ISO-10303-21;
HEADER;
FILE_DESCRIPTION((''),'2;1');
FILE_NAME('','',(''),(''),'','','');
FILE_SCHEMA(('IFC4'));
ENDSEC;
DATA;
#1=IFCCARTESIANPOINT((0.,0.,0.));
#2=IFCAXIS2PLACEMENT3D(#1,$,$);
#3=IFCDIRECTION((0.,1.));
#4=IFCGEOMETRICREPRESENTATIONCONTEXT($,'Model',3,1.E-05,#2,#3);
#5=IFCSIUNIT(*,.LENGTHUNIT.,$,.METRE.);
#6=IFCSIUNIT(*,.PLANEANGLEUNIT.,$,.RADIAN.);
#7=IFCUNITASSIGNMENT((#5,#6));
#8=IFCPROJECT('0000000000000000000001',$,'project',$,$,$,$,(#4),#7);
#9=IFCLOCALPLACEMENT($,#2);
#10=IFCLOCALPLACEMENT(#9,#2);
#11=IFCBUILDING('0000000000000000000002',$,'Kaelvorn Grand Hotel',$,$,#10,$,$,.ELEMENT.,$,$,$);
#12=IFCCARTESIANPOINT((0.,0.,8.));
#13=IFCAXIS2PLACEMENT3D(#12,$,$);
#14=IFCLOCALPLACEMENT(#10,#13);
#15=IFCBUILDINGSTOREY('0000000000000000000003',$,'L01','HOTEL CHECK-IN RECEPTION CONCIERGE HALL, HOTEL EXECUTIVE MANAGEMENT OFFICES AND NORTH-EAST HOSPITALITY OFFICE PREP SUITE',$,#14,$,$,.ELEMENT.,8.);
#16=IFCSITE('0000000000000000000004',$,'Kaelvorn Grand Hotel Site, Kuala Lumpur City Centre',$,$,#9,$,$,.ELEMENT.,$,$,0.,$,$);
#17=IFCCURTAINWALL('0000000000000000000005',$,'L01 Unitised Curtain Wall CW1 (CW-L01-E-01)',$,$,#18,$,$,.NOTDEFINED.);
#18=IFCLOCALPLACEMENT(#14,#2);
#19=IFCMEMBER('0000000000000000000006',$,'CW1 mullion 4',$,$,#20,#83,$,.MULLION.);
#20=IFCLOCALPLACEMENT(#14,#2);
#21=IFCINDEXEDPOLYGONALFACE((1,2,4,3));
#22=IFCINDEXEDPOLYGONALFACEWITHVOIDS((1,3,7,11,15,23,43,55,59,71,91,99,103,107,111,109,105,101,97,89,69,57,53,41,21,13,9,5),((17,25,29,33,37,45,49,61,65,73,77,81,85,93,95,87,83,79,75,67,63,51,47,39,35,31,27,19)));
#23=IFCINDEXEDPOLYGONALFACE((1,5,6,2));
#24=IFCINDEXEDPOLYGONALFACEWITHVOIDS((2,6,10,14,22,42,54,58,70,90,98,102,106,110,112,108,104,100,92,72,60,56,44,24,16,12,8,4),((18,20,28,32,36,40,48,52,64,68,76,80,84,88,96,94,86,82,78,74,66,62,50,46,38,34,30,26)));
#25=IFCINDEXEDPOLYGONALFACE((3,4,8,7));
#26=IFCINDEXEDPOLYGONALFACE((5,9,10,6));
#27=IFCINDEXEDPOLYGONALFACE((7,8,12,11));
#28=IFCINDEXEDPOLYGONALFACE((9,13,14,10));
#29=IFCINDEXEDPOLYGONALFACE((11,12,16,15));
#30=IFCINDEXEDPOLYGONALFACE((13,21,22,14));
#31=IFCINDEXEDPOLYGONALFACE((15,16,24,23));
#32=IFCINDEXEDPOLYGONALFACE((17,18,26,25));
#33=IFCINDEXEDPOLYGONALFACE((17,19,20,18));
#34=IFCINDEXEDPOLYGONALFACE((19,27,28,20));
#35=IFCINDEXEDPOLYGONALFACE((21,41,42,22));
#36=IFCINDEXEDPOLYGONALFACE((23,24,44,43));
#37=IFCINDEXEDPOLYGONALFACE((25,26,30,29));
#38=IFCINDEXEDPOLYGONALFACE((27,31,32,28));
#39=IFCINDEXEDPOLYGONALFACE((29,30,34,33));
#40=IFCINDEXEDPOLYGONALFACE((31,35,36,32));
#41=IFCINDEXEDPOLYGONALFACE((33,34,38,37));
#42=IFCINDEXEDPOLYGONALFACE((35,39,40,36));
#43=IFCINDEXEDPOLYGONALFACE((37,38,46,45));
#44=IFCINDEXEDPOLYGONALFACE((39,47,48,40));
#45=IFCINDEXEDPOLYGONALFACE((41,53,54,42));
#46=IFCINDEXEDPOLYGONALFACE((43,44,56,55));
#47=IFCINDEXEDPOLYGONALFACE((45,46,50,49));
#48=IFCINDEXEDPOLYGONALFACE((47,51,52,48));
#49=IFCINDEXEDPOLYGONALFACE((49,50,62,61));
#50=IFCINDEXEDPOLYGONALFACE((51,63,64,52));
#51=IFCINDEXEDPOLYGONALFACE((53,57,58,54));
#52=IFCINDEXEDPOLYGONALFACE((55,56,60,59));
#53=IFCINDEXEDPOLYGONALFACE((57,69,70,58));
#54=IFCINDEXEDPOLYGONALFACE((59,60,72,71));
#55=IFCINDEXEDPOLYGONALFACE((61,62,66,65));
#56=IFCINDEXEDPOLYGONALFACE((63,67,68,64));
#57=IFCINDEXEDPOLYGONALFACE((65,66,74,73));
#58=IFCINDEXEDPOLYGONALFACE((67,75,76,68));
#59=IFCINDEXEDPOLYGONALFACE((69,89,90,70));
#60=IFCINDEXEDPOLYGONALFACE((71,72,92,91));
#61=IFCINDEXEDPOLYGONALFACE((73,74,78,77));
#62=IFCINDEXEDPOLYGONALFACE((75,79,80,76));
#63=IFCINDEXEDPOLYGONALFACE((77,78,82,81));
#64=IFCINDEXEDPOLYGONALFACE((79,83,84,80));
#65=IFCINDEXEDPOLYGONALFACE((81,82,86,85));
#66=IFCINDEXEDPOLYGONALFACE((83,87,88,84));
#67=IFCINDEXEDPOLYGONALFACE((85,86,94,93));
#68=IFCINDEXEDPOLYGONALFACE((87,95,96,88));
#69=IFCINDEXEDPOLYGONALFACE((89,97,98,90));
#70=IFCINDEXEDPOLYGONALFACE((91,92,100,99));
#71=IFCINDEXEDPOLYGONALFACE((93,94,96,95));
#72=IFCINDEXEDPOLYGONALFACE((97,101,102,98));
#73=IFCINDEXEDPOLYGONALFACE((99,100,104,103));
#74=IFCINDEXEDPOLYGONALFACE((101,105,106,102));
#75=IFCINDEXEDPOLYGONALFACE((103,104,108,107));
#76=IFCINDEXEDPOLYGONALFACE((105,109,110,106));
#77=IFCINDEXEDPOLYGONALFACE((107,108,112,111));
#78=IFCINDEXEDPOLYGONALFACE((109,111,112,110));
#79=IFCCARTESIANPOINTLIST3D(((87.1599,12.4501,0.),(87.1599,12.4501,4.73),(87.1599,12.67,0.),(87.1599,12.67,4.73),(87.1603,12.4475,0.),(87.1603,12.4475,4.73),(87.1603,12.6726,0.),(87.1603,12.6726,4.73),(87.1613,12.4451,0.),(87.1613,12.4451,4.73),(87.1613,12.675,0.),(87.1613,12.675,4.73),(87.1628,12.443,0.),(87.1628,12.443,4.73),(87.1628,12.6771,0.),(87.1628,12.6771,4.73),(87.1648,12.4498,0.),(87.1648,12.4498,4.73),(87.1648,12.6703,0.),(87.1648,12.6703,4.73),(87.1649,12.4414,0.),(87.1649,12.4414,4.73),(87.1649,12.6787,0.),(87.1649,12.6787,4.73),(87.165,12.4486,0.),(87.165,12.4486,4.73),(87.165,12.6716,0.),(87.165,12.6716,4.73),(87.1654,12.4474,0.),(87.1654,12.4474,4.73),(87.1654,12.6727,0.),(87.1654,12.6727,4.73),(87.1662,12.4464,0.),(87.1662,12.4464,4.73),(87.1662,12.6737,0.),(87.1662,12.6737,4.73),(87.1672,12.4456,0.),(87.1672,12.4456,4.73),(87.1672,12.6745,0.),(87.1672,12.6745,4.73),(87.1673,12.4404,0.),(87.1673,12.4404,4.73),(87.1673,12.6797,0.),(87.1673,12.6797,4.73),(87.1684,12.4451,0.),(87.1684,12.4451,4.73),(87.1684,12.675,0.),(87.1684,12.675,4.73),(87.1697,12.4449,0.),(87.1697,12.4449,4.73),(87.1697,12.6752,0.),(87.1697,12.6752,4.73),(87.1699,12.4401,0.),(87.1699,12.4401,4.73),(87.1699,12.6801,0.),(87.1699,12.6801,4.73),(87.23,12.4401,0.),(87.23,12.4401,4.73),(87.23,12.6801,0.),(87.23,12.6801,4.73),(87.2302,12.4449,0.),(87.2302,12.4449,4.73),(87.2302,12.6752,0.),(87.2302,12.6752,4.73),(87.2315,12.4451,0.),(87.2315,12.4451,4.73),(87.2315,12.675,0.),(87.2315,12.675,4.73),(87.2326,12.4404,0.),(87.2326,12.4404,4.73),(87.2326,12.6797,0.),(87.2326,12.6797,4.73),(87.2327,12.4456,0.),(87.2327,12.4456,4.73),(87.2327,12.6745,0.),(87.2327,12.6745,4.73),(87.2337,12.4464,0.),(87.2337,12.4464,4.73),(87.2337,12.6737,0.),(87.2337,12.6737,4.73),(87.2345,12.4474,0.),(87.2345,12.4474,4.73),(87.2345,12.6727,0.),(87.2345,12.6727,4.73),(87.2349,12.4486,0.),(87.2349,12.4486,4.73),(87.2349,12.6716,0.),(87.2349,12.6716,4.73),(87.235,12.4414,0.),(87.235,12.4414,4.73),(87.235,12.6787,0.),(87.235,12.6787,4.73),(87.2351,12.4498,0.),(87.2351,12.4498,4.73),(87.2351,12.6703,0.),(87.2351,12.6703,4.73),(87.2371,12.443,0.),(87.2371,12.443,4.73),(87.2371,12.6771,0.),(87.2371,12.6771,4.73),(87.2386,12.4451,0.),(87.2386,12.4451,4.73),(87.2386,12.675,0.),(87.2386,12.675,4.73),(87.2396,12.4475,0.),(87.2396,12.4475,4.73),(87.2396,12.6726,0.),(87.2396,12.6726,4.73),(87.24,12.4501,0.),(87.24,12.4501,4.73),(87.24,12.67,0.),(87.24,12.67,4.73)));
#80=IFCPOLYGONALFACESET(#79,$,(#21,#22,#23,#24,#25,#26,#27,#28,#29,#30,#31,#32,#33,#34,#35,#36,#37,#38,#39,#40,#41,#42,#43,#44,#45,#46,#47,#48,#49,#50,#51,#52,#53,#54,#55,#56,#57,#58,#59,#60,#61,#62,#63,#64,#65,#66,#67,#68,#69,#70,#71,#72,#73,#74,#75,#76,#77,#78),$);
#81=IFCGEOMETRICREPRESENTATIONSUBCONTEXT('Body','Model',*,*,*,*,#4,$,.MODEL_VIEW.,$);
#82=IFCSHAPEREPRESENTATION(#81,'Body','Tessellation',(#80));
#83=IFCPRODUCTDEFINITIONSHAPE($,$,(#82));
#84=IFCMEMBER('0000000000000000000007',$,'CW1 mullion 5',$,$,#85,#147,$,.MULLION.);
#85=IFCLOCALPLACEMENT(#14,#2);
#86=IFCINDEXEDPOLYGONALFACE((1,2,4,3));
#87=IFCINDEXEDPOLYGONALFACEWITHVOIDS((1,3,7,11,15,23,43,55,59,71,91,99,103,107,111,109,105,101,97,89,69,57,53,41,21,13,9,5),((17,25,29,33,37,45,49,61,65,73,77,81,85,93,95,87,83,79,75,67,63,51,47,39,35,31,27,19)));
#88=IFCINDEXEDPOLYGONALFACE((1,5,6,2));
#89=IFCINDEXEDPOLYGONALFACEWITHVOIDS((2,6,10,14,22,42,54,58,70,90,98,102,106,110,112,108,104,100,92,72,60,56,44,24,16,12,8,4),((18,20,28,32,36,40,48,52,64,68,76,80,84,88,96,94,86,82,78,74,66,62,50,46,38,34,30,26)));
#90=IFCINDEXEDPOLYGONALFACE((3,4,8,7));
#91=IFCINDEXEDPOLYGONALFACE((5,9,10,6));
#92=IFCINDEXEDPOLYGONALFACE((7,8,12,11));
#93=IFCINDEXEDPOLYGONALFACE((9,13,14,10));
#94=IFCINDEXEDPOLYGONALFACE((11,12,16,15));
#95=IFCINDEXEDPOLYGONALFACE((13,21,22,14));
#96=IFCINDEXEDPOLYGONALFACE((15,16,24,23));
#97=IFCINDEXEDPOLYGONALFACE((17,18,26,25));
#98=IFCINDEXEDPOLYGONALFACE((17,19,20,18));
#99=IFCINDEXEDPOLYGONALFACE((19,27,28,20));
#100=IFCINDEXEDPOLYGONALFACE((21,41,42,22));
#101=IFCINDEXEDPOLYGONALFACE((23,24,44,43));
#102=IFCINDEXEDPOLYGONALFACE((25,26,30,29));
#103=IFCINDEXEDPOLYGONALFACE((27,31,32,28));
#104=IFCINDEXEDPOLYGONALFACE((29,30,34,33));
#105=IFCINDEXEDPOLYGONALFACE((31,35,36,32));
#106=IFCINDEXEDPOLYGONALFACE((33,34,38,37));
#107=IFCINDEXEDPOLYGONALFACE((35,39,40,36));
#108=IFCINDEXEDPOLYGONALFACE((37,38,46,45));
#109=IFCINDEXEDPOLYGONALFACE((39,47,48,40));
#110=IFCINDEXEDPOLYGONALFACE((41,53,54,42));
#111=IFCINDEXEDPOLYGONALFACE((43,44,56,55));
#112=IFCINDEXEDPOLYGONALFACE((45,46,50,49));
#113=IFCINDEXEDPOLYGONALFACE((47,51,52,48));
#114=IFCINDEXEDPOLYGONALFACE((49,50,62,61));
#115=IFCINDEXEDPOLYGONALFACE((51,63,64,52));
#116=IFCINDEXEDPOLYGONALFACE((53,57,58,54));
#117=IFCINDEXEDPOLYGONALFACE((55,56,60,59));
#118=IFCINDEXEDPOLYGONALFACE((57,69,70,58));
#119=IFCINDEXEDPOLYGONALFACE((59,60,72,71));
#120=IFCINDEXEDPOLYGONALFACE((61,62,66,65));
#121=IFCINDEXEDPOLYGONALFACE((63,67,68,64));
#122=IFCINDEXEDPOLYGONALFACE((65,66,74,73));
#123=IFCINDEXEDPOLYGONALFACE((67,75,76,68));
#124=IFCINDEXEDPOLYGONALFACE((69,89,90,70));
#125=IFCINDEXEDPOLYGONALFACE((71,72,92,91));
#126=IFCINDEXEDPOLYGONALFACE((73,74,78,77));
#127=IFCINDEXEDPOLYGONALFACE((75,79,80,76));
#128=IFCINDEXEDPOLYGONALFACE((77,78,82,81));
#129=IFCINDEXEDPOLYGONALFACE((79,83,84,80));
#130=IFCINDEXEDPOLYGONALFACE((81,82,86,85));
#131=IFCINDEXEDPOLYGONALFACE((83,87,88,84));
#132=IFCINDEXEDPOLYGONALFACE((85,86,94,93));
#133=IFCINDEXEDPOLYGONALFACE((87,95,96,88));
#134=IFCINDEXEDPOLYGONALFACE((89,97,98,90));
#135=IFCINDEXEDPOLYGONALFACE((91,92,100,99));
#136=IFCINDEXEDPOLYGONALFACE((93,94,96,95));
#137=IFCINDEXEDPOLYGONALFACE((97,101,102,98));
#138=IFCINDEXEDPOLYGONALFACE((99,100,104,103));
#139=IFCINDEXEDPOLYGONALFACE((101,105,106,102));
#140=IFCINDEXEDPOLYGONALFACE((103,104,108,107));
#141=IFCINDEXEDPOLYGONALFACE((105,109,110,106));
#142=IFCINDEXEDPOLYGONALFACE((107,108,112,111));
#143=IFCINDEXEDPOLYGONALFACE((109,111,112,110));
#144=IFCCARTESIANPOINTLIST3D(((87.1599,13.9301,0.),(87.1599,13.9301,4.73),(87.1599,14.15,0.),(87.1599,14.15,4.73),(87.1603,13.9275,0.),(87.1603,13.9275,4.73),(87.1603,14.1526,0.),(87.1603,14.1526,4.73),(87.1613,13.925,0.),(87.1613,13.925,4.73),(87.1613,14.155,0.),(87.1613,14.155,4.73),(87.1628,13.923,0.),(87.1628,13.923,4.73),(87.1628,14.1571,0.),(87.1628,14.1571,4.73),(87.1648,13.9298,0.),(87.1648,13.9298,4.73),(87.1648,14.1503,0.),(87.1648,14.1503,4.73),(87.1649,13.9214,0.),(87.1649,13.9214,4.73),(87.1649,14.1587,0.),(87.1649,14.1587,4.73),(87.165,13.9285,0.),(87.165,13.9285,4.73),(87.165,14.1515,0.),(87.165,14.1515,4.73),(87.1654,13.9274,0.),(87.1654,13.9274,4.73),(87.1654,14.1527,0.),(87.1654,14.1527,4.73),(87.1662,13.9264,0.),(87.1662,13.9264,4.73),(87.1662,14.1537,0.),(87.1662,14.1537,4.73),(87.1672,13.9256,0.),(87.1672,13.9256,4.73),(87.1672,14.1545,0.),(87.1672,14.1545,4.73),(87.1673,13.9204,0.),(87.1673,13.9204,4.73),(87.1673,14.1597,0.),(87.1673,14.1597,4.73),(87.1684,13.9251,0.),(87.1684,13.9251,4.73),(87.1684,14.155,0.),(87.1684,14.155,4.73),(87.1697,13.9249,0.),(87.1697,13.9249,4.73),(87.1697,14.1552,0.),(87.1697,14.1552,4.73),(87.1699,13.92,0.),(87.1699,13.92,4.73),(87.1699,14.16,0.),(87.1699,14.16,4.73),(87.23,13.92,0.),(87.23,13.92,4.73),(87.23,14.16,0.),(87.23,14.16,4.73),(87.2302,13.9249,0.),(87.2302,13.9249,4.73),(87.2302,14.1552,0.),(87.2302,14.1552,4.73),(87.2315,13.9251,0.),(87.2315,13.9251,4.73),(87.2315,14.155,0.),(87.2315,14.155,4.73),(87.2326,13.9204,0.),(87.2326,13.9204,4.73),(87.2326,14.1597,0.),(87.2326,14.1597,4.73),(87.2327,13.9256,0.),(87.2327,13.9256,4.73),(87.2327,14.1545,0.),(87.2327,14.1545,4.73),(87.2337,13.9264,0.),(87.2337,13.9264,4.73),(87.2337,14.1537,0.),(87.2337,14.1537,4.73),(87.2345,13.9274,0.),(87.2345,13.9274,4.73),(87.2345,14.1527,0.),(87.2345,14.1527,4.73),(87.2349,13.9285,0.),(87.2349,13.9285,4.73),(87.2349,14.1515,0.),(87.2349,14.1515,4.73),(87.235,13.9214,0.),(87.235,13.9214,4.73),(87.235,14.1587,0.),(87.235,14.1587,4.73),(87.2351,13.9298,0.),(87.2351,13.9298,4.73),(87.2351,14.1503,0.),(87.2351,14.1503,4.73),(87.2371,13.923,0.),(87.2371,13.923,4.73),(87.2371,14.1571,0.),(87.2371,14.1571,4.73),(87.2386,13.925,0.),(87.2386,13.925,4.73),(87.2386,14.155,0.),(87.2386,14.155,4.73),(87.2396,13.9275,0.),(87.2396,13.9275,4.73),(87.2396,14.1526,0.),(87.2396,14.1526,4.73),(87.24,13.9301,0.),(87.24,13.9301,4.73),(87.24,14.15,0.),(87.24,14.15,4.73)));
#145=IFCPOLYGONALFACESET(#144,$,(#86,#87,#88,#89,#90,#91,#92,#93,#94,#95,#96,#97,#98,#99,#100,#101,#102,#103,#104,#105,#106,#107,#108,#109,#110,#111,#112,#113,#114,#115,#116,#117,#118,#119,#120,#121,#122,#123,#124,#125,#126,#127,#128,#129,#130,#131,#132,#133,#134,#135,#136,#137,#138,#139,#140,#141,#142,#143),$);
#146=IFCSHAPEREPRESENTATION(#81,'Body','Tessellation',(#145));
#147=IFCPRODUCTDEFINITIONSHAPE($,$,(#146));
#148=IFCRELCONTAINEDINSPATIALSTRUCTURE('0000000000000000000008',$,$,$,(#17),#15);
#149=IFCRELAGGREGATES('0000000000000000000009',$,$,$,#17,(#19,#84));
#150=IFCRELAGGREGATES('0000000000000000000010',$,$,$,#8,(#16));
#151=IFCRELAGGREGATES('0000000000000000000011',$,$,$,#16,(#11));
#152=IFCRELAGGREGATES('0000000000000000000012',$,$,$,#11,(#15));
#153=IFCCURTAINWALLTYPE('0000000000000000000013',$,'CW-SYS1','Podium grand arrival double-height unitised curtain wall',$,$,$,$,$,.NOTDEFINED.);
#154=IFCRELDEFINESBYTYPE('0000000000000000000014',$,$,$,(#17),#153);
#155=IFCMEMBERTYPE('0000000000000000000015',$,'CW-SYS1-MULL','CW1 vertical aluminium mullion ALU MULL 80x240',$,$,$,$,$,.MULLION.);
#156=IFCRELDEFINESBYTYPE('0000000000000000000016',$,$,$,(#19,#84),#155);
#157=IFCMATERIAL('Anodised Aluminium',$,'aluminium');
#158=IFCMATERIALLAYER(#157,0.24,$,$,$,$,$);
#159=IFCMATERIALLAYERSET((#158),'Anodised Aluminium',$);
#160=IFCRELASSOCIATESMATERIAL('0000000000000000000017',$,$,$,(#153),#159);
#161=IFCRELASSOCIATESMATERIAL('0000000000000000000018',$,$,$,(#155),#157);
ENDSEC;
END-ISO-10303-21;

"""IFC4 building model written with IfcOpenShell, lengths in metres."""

from ifc_helpers import new_model, si_unit, direction, frame, origin, origin_2d, place, context, subcontext, project, spatial, hollow_rectangle, extrude, material, layer, layer_set, material_profile, profile_set, type_object, element, aggregate, save


model = new_model("IFC4")

# Units and contexts
model_context = context("Model", 3, precision=1e-05, world=origin(), true_north=direction((0.0, 1.0)))
body_context = subcontext(model_context, "Body", "Model", "MODEL_VIEW")
ifc_project = project(units=[si_unit("LENGTHUNIT", "METRE"), si_unit("PLANEANGLEUNIT", "RADIAN")], contexts=[model_context])

# Site, building, storey
site_placement = place(None, origin())
site = spatial("IfcSite", under=ifc_project, at=site_placement, Name="Kaelvorn Grand Hotel Site, Kuala Lumpur City Centre", CompositionType="ELEMENT", RefElevation=0.0)
building_placement = place(site_placement, origin())
building = spatial("IfcBuilding", under=site, at=building_placement, Name="Kaelvorn Grand Hotel", CompositionType="ELEMENT")
storey_placement = place(building_placement, frame((0.0, 0.0, 8.0)))
storey = spatial("IfcBuildingStorey", under=building, at=storey_placement, Name="L01", Description="HOTEL CHECK-IN RECEPTION CONCIERGE HALL, HOTEL EXECUTIVE MANAGEMENT OFFICES AND NORTH-EAST HOSPITALITY OFFICE PREP SUITE", CompositionType="ELEMENT", Elevation=8.0)

# Curtain wall, members
ifc_material_1 = material(Name="Anodised Aluminium", Category="aluminium")
ifc_layer_1 = layer(ifc_material_1, 0.24)
ifc_layer_set_1 = layer_set([ifc_layer_1], Name="Anodised Aluminium")
curtain_wall_type = type_object("IfcCurtainWallType", Name="CW-SYS1", Description="Podium grand arrival double-height unitised curtain wall", PredefinedType="NOTDEFINED", material=ifc_layer_set_1)
curtain_wall_placement = place(storey_placement, origin())
curtain_wall = element("IfcCurtainWall", 1, at=curtain_wall_placement, inside=storey, type_object=curtain_wall_type, Name="L01 Unitised Curtain Wall CW1 (CW-L01-E-01)", PredefinedType="NOTDEFINED")
ifc_material_profile_1 = material_profile(ifc_material_1, hollow_rectangle(XDim=0.0801, YDim=0.24, WallThickness=0.0049, InnerFilletRadius=0.0049, OuterFilletRadius=0.01, at=origin_2d()), Name="ALU MULL 80x240")
ifc_profile_set_1 = profile_set([ifc_material_profile_1], Name="Anodised Aluminium")
member_type_1 = type_object("IfcMemberType", Name="CW-SYS1-MULL", Description="CW1 vertical aluminium mullion ALU MULL 80x240", PredefinedType="MULLION", material=ifc_profile_set_1)
member_1_placement = place(storey_placement, frame((87.2, 12.5601, 0.0), z_axis=(0.0, 0.0, 1.0), x_axis=(-1.0, 0.0, 0.0)))
member_1 = element("IfcMember", 2, at=member_1_placement, type_object=member_type_1, Name="CW1 mullion 4", PredefinedType="MULLION", context=body_context, shape_type="SweptSolid", body=[
    extrude(hollow_rectangle(XDim=0.0801, YDim=0.24, WallThickness=0.0049, InnerFilletRadius=0.0049, OuterFilletRadius=0.01, at=origin_2d()), origin(), (0.0, 0.0, 1.0), 4.73),
])
member_2_placement = place(storey_placement, frame((87.2, 14.04, 0.0), z_axis=(0.0, 0.0, 1.0), x_axis=(-1.0, 0.0, 0.0)))
member_2 = element("IfcMember", 3, at=member_2_placement, type_object=member_type_1, Name="CW1 mullion 5", PredefinedType="MULLION", context=body_context, shape_type="SweptSolid", body=[
    extrude(hollow_rectangle(XDim=0.0801, YDim=0.24, WallThickness=0.0049, InnerFilletRadius=0.0049, OuterFilletRadius=0.01, at=origin_2d()), origin(), (0.0, 0.0, 1.0), 4.73),
])
aggregate(curtain_wall, [member_1, member_2])

save(model, "model.ifc")
